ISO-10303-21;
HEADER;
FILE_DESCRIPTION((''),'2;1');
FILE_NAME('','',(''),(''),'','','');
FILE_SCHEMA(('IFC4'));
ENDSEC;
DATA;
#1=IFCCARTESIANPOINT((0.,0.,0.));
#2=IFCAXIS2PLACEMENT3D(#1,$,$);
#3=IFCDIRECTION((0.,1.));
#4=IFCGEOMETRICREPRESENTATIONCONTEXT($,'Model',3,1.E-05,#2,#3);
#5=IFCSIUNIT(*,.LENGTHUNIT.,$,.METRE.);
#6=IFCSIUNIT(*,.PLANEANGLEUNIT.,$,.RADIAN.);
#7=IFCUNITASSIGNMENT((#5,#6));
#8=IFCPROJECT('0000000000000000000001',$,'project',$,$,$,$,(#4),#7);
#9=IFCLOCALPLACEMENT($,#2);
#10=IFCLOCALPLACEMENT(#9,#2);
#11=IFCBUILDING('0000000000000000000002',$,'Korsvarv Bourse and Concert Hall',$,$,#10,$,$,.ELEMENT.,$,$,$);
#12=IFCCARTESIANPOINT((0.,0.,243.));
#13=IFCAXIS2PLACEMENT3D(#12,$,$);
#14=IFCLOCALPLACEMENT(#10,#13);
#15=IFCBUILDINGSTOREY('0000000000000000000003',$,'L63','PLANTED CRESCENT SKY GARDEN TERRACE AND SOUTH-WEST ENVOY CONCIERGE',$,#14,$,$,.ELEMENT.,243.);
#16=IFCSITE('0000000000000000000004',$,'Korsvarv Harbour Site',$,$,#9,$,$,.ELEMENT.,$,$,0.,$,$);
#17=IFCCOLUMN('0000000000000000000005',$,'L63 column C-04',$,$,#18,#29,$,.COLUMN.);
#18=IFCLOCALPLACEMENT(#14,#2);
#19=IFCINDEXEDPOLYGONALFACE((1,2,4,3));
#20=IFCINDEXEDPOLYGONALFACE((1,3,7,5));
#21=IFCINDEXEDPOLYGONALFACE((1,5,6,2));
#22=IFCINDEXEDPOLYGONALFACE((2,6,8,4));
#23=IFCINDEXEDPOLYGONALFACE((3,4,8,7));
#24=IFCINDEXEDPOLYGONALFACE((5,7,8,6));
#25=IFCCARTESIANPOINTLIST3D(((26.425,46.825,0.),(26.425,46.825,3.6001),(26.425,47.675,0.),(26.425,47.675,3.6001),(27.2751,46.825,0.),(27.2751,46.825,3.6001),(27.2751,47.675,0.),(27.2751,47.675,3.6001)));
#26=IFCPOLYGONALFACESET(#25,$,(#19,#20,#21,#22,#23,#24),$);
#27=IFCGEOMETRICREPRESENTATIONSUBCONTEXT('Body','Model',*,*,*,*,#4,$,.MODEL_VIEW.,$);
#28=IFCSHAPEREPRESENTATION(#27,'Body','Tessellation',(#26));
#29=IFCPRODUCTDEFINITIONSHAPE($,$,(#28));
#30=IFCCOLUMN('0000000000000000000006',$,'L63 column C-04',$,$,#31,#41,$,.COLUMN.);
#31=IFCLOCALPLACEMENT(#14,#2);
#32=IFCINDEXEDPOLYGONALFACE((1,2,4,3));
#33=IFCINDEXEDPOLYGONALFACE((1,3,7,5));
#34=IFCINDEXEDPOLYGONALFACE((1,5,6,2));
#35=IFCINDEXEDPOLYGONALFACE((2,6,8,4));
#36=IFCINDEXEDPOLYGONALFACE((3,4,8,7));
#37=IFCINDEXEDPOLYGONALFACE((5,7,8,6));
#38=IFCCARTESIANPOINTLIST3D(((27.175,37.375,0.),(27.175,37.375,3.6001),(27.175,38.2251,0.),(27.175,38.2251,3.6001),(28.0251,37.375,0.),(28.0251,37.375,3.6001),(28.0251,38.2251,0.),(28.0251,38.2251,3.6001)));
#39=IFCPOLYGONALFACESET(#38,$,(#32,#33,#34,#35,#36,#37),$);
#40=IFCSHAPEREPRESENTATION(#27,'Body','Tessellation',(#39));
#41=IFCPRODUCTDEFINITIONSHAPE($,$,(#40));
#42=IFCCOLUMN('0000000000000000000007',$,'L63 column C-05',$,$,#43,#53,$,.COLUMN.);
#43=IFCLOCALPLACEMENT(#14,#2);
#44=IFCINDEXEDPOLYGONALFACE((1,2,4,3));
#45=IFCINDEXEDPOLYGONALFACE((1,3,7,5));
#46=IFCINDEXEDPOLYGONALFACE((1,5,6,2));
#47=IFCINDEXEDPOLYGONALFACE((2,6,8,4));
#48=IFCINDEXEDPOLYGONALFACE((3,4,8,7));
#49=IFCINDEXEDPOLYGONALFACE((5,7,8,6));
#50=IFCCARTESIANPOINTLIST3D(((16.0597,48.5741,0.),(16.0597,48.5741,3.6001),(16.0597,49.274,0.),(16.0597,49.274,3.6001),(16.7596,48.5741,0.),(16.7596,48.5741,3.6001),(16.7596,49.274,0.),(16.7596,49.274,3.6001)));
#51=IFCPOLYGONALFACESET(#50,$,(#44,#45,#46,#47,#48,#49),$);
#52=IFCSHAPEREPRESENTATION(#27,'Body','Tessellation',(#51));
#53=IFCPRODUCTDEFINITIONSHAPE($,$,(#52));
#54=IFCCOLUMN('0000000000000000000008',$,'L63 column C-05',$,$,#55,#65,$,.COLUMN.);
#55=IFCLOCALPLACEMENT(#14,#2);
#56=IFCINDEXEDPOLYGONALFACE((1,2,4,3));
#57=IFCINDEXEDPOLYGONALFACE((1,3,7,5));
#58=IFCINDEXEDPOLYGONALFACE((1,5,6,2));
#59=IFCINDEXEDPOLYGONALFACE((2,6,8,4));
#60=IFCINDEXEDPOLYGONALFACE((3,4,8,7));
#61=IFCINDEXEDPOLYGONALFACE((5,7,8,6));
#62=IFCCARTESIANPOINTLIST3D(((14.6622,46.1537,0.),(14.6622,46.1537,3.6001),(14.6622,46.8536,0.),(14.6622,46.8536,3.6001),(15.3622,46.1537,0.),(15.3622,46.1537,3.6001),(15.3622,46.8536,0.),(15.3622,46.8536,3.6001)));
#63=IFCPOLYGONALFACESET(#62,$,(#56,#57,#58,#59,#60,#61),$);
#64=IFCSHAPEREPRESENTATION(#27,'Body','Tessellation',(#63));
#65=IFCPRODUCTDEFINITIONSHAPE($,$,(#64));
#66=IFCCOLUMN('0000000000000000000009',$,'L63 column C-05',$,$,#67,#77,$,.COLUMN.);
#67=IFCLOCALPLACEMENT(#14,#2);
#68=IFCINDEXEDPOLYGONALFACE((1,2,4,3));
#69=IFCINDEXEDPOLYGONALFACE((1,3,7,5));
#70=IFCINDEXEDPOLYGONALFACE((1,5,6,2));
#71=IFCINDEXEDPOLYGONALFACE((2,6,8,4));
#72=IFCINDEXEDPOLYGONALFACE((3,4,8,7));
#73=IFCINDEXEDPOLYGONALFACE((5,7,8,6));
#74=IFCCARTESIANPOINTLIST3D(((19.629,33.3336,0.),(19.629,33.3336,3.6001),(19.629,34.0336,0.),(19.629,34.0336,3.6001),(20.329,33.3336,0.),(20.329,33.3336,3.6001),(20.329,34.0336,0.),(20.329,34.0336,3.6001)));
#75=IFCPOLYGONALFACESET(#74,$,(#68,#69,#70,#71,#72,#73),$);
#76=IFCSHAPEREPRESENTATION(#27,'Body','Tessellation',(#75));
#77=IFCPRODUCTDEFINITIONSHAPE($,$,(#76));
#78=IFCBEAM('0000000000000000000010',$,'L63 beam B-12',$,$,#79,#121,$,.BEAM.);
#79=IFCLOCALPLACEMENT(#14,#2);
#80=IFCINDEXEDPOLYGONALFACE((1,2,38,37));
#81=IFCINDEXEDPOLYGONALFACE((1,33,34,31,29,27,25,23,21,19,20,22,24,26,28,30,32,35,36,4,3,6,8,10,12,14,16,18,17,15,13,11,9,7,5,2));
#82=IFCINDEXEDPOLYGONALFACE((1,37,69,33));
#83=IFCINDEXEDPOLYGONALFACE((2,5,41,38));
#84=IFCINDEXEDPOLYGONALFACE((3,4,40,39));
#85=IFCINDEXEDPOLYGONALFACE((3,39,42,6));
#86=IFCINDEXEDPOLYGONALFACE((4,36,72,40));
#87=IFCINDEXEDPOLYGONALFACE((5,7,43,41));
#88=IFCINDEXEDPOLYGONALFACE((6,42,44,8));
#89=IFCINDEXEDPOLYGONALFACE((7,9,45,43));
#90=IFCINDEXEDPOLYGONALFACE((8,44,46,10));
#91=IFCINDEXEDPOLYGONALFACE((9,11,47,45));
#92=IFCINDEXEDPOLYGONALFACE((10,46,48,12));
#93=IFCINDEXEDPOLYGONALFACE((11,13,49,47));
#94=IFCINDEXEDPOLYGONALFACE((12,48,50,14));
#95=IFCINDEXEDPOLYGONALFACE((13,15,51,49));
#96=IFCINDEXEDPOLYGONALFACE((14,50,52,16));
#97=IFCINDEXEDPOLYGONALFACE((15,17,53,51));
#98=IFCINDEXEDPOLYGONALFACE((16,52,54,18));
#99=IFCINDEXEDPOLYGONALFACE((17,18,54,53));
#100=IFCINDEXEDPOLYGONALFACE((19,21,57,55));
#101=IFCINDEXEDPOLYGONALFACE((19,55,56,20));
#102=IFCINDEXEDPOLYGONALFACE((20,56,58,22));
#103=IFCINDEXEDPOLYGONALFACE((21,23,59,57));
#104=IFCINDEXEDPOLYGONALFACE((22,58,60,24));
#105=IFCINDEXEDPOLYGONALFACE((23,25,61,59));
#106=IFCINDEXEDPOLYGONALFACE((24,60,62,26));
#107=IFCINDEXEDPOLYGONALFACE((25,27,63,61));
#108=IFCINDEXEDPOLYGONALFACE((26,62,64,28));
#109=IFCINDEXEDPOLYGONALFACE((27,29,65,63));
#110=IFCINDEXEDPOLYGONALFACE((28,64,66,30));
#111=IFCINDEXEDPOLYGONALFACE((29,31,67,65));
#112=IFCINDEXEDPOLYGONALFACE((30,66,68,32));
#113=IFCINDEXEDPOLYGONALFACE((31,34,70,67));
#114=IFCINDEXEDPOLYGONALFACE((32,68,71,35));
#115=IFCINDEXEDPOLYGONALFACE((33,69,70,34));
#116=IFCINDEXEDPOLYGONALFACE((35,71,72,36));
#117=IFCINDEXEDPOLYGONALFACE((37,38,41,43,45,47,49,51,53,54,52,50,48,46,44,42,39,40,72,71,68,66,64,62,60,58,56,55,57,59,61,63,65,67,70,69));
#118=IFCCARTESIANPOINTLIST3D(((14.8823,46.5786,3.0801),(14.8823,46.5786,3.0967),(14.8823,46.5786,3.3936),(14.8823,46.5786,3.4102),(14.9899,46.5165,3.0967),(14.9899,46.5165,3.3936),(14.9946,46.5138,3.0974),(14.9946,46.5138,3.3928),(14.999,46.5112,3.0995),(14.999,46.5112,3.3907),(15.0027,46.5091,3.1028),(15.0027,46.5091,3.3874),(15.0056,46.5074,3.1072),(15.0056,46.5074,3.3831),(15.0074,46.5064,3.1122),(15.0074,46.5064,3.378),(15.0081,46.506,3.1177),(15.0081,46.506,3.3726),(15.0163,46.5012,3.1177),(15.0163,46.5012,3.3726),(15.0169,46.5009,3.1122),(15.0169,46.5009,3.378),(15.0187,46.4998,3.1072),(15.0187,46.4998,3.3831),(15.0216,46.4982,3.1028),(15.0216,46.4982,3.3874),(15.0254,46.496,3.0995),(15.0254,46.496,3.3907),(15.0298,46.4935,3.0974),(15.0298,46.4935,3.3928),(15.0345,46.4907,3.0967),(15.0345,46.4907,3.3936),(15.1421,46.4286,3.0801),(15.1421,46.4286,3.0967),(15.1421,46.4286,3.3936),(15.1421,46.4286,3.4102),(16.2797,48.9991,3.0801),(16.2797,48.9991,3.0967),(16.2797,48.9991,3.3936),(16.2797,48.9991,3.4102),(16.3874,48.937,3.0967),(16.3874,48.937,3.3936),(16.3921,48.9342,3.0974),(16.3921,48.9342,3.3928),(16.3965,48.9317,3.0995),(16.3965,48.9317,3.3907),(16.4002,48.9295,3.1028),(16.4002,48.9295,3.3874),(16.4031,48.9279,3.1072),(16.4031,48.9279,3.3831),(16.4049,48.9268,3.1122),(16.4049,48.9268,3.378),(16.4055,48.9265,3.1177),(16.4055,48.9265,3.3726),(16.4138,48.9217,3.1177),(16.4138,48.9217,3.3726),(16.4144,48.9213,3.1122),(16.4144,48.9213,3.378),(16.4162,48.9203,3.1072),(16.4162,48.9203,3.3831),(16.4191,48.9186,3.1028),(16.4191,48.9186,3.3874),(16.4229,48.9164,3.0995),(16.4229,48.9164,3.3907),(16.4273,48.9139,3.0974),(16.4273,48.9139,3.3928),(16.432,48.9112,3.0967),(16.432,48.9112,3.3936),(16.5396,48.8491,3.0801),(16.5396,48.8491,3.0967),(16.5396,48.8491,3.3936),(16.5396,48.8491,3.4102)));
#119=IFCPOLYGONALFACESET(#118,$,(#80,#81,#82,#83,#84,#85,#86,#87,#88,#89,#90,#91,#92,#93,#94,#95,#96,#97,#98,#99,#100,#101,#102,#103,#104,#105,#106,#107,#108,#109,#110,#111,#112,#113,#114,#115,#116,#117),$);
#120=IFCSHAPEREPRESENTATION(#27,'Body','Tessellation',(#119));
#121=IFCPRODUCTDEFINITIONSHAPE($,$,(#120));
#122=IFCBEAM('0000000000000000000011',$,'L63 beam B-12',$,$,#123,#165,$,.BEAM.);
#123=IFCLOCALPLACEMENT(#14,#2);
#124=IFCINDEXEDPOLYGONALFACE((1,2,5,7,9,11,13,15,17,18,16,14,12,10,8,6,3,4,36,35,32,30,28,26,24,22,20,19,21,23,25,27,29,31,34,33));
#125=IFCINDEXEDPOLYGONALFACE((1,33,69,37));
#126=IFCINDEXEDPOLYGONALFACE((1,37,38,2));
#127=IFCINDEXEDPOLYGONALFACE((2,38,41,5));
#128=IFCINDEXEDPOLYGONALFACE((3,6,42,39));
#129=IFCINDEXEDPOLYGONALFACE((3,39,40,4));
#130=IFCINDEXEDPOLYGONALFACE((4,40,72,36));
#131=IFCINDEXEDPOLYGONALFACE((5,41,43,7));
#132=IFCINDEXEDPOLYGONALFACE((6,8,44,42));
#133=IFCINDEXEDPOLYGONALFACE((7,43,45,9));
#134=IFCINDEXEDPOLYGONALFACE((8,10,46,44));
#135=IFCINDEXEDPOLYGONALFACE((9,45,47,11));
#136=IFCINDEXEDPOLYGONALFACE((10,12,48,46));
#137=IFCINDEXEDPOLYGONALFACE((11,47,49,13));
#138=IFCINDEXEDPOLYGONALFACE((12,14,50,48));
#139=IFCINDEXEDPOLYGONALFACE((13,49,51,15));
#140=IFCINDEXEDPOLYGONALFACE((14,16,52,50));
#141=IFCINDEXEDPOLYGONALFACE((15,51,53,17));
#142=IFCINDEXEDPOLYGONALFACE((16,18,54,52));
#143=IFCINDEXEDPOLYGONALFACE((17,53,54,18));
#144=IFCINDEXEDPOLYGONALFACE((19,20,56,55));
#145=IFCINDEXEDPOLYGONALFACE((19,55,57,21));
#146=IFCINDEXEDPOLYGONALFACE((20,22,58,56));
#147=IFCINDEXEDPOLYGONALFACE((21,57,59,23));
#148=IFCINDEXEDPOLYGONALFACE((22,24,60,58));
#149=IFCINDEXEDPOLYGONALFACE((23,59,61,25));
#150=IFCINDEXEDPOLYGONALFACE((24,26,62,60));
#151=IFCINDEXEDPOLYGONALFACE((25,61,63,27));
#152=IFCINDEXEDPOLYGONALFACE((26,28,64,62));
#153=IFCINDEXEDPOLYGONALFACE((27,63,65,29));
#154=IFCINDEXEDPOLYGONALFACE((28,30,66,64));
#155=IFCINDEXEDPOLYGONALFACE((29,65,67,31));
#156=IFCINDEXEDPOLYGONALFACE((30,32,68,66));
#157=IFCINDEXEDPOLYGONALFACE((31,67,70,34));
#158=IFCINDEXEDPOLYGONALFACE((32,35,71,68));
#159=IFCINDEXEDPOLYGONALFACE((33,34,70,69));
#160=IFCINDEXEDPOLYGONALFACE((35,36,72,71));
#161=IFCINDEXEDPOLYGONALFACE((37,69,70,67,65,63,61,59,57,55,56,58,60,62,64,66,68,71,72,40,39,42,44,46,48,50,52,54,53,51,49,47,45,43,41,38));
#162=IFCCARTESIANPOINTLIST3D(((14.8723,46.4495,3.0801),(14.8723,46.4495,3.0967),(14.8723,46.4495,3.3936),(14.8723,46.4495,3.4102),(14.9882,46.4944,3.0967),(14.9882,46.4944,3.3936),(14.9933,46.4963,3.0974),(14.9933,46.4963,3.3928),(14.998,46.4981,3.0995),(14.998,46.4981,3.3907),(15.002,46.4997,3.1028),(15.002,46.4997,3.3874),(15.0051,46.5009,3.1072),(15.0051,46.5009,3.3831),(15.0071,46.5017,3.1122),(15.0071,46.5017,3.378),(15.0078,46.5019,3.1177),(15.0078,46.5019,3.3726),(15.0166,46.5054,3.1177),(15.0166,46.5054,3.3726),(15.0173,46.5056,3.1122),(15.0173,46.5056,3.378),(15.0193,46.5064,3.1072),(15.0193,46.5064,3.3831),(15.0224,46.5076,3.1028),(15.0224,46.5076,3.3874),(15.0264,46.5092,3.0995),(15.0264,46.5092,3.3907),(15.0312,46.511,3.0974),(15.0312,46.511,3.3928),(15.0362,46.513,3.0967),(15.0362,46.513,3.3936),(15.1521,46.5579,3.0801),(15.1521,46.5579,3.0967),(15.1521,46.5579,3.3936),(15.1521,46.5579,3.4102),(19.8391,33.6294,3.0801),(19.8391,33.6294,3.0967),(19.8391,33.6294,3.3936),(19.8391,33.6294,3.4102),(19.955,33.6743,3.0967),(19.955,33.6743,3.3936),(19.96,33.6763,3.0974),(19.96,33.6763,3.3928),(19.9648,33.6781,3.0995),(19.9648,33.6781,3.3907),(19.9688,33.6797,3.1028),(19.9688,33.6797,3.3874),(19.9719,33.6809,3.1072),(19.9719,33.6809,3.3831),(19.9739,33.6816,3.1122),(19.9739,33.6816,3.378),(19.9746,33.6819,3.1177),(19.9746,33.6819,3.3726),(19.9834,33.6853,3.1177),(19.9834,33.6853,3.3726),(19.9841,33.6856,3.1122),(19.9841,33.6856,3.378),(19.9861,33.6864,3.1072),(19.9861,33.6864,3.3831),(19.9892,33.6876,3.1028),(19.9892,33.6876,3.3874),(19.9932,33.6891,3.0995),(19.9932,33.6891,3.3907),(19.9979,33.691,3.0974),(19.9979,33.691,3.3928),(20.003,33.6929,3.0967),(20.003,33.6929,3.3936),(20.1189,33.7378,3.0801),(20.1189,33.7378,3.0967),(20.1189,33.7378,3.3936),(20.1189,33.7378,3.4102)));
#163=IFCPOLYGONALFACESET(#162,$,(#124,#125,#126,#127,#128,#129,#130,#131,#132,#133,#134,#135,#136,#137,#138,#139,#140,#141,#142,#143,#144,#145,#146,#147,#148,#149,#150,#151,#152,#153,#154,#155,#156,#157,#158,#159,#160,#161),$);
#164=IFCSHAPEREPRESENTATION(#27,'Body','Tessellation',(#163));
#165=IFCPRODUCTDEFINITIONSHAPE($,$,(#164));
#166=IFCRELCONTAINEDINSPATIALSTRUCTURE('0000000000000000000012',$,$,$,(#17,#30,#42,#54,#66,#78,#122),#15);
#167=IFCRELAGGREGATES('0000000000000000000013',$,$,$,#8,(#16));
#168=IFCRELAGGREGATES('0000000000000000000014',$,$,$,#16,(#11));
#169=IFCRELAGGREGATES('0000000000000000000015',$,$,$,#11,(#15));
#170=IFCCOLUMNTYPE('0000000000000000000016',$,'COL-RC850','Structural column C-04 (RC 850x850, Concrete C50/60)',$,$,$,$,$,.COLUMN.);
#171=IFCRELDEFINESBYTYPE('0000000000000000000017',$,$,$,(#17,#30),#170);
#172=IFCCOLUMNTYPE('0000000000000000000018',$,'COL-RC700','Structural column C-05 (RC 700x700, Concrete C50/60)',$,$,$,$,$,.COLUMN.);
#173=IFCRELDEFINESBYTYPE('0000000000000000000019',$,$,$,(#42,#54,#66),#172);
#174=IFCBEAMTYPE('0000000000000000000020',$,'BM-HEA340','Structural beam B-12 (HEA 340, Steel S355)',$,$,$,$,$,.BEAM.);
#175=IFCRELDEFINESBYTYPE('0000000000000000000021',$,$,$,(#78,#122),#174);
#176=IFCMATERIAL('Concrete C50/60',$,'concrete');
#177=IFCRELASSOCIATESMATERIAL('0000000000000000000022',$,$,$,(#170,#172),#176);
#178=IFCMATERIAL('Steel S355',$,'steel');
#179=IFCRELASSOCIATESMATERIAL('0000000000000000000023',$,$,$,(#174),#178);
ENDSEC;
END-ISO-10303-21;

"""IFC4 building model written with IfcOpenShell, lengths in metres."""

from ifc_helpers import new_model, si_unit, direction, frame, origin, origin_2d, place, context, subcontext, project, spatial, rectangle, i_section, extrude, source, transform, mapped, material, material_profile, profile_set, type_object, element, save


model = new_model("IFC4")

# Units and contexts
model_context = context("Model", 3, precision=1e-05, world=origin(), true_north=direction((0.0, 1.0)))
body_context = subcontext(model_context, "Body", "Model", "MODEL_VIEW")
ifc_project = project(units=[si_unit("LENGTHUNIT", "METRE"), si_unit("PLANEANGLEUNIT", "RADIAN")], contexts=[model_context])

# Site, building, storey
site_placement = place(None, origin())
site = spatial("IfcSite", under=ifc_project, at=site_placement, Name="Korsvarv Harbour Site", CompositionType="ELEMENT", RefElevation=0.0)
building_placement = place(site_placement, origin())
building = spatial("IfcBuilding", under=site, at=building_placement, Name="Korsvarv Bourse and Concert Hall", CompositionType="ELEMENT")
storey_placement = place(building_placement, frame((0.0, 0.0, 243.0)))
storey = spatial("IfcBuildingStorey", under=building, at=storey_placement, Name="L63", Description="PLANTED CRESCENT SKY GARDEN TERRACE AND SOUTH-WEST ENVOY CONCIERGE", CompositionType="ELEMENT", Elevation=243.0)

# Columns
ifc_material_1 = material(Name="Concrete C50/60", Category="concrete")
ifc_material_profile_1 = material_profile(ifc_material_1, rectangle(XDim=0.8501, YDim=0.8501, at=origin_2d()), Name="RC 850x850")
ifc_profile_set_1 = profile_set([ifc_material_profile_1], Name="Concrete C50/60")
column_type_1 = type_object("IfcColumnType", Name="COL-RC850", Description="Structural column C-04 (RC 850x850, Concrete C50/60)", PredefinedType="COLUMN", material=ifc_profile_set_1)
shared_shape_1 = source(origin(), body_context, "Body", "SweptSolid", [
    extrude(rectangle(XDim=0.8501, YDim=0.8501, at=origin_2d()), origin(), (0.0, 0.0, 1.0), 3.6001),
])
for number, where, z_axis, x_axis, name in (
    (1, (26.8501, 47.25, 0.0), (0.0, 0.0, 1.0), (1.0, 0.0, 0.0), "L63 column C-04"),
    (2, (27.6001, 37.8, 0.0), (0.0, 0.0, 1.0), (1.0, 0.0, 0.0), "L63 column C-04"),
):
    element("IfcColumn", number, at=place(storey_placement, frame(where, z_axis=z_axis, x_axis=x_axis)), inside=storey, type_object=column_type_1, Name=name, PredefinedType="COLUMN", context=body_context, shape_type="MappedRepresentation", body=[
        mapped(shared_shape_1, transform((0.0, 0.0, 0.0), scale=1.0)),
    ])
ifc_material_profile_2 = material_profile(ifc_material_1, rectangle(XDim=0.7, YDim=0.7, at=origin_2d()), Name="RC 700x700")
ifc_profile_set_2 = profile_set([ifc_material_profile_2], Name="Concrete C50/60")
column_type_2 = type_object("IfcColumnType", Name="COL-RC700", Description="Structural column C-05 (RC 700x700, Concrete C50/60)", PredefinedType="COLUMN", material=ifc_profile_set_2)
shared_shape_2 = source(origin(), body_context, "Body", "SweptSolid", [
    extrude(rectangle(XDim=0.7, YDim=0.7, at=origin_2d()), origin(), (0.0, 0.0, 1.0), 3.6001),
])
for number, where, z_axis, x_axis, name in (
    (3, (16.4097, 48.9241, 0.0), (0.0, 0.0, 1.0), (1.0, 0.0, 0.0), "L63 column C-05"),
    (4, (15.0122, 46.5037, 0.0), (0.0, 0.0, 1.0), (1.0, 0.0, 0.0), "L63 column C-05"),
    (5, (19.979, 33.6836, 0.0), (0.0, 0.0, 1.0), (1.0, 0.0, 0.0), "L63 column C-05"),
):
    element("IfcColumn", number, at=place(storey_placement, frame(where, z_axis=z_axis, x_axis=x_axis)), inside=storey, type_object=column_type_2, Name=name, PredefinedType="COLUMN", context=body_context, shape_type="MappedRepresentation", body=[
        mapped(shared_shape_2, transform((0.0, 0.0, 0.0), scale=1.0)),
    ])

# Beams
ifc_material_2 = material(Name="Steel S355", Category="steel")
ifc_material_profile_3 = material_profile(ifc_material_2, i_section(OverallWidth=0.3, OverallDepth=0.3301, WebThickness=0.0095, FlangeThickness=0.0166, FilletRadius=0.021, at=origin_2d()), Name="HEA 340")
ifc_profile_set_3 = profile_set([ifc_material_profile_3], Name="Steel S355")
beam_type_1 = type_object("IfcBeamType", Name="BM-HEA340", Description="Structural beam B-12 (HEA 340, Steel S355)", PredefinedType="BEAM", material=ifc_profile_set_3)
shared_shape_3 = source(origin(), body_context, "Body", "SweptSolid", [
    extrude(i_section(OverallWidth=0.3, OverallDepth=0.3301, WebThickness=0.0095, FlangeThickness=0.0166, FilletRadius=0.021, at=origin_2d()), origin(), (0.0, 0.0, 1.0), 2.7949),
])
beam_1_placement = place(storey_placement, frame((16.4097, 48.9241, 3.2451), z_axis=(-0.50001, -0.86602, 0.0), x_axis=(0.86602, -0.50001, 0.0)))
element("IfcBeam", 6, at=beam_1_placement, inside=storey, type_object=beam_type_1, Name="L63 beam B-12", PredefinedType="BEAM", context=body_context, shape_type="MappedRepresentation", body=[
    mapped(shared_shape_3, transform((0.0, 0.0, 0.0), scale=1.0)),
])
shared_shape_4 = source(origin(), body_context, "Body", "SweptSolid", [
    extrude(i_section(OverallWidth=0.3, OverallDepth=0.3301, WebThickness=0.0095, FlangeThickness=0.0166, FilletRadius=0.021, at=origin_2d()), origin(), (0.0, 0.0, 1.0), 13.7485),
])
beam_2_placement = place(storey_placement, frame((15.0122, 46.5037, 3.2451), z_axis=(0.361259, -0.932465, 0.0), x_axis=(0.932465, 0.361259, 0.0)))
element("IfcBeam", 7, at=beam_2_placement, inside=storey, type_object=beam_type_1, Name="L63 beam B-12", PredefinedType="BEAM", context=body_context, shape_type="MappedRepresentation", body=[
    mapped(shared_shape_4, transform((0.0, 0.0, 0.0), scale=1.0)),
])

save(model, "model.ifc")
